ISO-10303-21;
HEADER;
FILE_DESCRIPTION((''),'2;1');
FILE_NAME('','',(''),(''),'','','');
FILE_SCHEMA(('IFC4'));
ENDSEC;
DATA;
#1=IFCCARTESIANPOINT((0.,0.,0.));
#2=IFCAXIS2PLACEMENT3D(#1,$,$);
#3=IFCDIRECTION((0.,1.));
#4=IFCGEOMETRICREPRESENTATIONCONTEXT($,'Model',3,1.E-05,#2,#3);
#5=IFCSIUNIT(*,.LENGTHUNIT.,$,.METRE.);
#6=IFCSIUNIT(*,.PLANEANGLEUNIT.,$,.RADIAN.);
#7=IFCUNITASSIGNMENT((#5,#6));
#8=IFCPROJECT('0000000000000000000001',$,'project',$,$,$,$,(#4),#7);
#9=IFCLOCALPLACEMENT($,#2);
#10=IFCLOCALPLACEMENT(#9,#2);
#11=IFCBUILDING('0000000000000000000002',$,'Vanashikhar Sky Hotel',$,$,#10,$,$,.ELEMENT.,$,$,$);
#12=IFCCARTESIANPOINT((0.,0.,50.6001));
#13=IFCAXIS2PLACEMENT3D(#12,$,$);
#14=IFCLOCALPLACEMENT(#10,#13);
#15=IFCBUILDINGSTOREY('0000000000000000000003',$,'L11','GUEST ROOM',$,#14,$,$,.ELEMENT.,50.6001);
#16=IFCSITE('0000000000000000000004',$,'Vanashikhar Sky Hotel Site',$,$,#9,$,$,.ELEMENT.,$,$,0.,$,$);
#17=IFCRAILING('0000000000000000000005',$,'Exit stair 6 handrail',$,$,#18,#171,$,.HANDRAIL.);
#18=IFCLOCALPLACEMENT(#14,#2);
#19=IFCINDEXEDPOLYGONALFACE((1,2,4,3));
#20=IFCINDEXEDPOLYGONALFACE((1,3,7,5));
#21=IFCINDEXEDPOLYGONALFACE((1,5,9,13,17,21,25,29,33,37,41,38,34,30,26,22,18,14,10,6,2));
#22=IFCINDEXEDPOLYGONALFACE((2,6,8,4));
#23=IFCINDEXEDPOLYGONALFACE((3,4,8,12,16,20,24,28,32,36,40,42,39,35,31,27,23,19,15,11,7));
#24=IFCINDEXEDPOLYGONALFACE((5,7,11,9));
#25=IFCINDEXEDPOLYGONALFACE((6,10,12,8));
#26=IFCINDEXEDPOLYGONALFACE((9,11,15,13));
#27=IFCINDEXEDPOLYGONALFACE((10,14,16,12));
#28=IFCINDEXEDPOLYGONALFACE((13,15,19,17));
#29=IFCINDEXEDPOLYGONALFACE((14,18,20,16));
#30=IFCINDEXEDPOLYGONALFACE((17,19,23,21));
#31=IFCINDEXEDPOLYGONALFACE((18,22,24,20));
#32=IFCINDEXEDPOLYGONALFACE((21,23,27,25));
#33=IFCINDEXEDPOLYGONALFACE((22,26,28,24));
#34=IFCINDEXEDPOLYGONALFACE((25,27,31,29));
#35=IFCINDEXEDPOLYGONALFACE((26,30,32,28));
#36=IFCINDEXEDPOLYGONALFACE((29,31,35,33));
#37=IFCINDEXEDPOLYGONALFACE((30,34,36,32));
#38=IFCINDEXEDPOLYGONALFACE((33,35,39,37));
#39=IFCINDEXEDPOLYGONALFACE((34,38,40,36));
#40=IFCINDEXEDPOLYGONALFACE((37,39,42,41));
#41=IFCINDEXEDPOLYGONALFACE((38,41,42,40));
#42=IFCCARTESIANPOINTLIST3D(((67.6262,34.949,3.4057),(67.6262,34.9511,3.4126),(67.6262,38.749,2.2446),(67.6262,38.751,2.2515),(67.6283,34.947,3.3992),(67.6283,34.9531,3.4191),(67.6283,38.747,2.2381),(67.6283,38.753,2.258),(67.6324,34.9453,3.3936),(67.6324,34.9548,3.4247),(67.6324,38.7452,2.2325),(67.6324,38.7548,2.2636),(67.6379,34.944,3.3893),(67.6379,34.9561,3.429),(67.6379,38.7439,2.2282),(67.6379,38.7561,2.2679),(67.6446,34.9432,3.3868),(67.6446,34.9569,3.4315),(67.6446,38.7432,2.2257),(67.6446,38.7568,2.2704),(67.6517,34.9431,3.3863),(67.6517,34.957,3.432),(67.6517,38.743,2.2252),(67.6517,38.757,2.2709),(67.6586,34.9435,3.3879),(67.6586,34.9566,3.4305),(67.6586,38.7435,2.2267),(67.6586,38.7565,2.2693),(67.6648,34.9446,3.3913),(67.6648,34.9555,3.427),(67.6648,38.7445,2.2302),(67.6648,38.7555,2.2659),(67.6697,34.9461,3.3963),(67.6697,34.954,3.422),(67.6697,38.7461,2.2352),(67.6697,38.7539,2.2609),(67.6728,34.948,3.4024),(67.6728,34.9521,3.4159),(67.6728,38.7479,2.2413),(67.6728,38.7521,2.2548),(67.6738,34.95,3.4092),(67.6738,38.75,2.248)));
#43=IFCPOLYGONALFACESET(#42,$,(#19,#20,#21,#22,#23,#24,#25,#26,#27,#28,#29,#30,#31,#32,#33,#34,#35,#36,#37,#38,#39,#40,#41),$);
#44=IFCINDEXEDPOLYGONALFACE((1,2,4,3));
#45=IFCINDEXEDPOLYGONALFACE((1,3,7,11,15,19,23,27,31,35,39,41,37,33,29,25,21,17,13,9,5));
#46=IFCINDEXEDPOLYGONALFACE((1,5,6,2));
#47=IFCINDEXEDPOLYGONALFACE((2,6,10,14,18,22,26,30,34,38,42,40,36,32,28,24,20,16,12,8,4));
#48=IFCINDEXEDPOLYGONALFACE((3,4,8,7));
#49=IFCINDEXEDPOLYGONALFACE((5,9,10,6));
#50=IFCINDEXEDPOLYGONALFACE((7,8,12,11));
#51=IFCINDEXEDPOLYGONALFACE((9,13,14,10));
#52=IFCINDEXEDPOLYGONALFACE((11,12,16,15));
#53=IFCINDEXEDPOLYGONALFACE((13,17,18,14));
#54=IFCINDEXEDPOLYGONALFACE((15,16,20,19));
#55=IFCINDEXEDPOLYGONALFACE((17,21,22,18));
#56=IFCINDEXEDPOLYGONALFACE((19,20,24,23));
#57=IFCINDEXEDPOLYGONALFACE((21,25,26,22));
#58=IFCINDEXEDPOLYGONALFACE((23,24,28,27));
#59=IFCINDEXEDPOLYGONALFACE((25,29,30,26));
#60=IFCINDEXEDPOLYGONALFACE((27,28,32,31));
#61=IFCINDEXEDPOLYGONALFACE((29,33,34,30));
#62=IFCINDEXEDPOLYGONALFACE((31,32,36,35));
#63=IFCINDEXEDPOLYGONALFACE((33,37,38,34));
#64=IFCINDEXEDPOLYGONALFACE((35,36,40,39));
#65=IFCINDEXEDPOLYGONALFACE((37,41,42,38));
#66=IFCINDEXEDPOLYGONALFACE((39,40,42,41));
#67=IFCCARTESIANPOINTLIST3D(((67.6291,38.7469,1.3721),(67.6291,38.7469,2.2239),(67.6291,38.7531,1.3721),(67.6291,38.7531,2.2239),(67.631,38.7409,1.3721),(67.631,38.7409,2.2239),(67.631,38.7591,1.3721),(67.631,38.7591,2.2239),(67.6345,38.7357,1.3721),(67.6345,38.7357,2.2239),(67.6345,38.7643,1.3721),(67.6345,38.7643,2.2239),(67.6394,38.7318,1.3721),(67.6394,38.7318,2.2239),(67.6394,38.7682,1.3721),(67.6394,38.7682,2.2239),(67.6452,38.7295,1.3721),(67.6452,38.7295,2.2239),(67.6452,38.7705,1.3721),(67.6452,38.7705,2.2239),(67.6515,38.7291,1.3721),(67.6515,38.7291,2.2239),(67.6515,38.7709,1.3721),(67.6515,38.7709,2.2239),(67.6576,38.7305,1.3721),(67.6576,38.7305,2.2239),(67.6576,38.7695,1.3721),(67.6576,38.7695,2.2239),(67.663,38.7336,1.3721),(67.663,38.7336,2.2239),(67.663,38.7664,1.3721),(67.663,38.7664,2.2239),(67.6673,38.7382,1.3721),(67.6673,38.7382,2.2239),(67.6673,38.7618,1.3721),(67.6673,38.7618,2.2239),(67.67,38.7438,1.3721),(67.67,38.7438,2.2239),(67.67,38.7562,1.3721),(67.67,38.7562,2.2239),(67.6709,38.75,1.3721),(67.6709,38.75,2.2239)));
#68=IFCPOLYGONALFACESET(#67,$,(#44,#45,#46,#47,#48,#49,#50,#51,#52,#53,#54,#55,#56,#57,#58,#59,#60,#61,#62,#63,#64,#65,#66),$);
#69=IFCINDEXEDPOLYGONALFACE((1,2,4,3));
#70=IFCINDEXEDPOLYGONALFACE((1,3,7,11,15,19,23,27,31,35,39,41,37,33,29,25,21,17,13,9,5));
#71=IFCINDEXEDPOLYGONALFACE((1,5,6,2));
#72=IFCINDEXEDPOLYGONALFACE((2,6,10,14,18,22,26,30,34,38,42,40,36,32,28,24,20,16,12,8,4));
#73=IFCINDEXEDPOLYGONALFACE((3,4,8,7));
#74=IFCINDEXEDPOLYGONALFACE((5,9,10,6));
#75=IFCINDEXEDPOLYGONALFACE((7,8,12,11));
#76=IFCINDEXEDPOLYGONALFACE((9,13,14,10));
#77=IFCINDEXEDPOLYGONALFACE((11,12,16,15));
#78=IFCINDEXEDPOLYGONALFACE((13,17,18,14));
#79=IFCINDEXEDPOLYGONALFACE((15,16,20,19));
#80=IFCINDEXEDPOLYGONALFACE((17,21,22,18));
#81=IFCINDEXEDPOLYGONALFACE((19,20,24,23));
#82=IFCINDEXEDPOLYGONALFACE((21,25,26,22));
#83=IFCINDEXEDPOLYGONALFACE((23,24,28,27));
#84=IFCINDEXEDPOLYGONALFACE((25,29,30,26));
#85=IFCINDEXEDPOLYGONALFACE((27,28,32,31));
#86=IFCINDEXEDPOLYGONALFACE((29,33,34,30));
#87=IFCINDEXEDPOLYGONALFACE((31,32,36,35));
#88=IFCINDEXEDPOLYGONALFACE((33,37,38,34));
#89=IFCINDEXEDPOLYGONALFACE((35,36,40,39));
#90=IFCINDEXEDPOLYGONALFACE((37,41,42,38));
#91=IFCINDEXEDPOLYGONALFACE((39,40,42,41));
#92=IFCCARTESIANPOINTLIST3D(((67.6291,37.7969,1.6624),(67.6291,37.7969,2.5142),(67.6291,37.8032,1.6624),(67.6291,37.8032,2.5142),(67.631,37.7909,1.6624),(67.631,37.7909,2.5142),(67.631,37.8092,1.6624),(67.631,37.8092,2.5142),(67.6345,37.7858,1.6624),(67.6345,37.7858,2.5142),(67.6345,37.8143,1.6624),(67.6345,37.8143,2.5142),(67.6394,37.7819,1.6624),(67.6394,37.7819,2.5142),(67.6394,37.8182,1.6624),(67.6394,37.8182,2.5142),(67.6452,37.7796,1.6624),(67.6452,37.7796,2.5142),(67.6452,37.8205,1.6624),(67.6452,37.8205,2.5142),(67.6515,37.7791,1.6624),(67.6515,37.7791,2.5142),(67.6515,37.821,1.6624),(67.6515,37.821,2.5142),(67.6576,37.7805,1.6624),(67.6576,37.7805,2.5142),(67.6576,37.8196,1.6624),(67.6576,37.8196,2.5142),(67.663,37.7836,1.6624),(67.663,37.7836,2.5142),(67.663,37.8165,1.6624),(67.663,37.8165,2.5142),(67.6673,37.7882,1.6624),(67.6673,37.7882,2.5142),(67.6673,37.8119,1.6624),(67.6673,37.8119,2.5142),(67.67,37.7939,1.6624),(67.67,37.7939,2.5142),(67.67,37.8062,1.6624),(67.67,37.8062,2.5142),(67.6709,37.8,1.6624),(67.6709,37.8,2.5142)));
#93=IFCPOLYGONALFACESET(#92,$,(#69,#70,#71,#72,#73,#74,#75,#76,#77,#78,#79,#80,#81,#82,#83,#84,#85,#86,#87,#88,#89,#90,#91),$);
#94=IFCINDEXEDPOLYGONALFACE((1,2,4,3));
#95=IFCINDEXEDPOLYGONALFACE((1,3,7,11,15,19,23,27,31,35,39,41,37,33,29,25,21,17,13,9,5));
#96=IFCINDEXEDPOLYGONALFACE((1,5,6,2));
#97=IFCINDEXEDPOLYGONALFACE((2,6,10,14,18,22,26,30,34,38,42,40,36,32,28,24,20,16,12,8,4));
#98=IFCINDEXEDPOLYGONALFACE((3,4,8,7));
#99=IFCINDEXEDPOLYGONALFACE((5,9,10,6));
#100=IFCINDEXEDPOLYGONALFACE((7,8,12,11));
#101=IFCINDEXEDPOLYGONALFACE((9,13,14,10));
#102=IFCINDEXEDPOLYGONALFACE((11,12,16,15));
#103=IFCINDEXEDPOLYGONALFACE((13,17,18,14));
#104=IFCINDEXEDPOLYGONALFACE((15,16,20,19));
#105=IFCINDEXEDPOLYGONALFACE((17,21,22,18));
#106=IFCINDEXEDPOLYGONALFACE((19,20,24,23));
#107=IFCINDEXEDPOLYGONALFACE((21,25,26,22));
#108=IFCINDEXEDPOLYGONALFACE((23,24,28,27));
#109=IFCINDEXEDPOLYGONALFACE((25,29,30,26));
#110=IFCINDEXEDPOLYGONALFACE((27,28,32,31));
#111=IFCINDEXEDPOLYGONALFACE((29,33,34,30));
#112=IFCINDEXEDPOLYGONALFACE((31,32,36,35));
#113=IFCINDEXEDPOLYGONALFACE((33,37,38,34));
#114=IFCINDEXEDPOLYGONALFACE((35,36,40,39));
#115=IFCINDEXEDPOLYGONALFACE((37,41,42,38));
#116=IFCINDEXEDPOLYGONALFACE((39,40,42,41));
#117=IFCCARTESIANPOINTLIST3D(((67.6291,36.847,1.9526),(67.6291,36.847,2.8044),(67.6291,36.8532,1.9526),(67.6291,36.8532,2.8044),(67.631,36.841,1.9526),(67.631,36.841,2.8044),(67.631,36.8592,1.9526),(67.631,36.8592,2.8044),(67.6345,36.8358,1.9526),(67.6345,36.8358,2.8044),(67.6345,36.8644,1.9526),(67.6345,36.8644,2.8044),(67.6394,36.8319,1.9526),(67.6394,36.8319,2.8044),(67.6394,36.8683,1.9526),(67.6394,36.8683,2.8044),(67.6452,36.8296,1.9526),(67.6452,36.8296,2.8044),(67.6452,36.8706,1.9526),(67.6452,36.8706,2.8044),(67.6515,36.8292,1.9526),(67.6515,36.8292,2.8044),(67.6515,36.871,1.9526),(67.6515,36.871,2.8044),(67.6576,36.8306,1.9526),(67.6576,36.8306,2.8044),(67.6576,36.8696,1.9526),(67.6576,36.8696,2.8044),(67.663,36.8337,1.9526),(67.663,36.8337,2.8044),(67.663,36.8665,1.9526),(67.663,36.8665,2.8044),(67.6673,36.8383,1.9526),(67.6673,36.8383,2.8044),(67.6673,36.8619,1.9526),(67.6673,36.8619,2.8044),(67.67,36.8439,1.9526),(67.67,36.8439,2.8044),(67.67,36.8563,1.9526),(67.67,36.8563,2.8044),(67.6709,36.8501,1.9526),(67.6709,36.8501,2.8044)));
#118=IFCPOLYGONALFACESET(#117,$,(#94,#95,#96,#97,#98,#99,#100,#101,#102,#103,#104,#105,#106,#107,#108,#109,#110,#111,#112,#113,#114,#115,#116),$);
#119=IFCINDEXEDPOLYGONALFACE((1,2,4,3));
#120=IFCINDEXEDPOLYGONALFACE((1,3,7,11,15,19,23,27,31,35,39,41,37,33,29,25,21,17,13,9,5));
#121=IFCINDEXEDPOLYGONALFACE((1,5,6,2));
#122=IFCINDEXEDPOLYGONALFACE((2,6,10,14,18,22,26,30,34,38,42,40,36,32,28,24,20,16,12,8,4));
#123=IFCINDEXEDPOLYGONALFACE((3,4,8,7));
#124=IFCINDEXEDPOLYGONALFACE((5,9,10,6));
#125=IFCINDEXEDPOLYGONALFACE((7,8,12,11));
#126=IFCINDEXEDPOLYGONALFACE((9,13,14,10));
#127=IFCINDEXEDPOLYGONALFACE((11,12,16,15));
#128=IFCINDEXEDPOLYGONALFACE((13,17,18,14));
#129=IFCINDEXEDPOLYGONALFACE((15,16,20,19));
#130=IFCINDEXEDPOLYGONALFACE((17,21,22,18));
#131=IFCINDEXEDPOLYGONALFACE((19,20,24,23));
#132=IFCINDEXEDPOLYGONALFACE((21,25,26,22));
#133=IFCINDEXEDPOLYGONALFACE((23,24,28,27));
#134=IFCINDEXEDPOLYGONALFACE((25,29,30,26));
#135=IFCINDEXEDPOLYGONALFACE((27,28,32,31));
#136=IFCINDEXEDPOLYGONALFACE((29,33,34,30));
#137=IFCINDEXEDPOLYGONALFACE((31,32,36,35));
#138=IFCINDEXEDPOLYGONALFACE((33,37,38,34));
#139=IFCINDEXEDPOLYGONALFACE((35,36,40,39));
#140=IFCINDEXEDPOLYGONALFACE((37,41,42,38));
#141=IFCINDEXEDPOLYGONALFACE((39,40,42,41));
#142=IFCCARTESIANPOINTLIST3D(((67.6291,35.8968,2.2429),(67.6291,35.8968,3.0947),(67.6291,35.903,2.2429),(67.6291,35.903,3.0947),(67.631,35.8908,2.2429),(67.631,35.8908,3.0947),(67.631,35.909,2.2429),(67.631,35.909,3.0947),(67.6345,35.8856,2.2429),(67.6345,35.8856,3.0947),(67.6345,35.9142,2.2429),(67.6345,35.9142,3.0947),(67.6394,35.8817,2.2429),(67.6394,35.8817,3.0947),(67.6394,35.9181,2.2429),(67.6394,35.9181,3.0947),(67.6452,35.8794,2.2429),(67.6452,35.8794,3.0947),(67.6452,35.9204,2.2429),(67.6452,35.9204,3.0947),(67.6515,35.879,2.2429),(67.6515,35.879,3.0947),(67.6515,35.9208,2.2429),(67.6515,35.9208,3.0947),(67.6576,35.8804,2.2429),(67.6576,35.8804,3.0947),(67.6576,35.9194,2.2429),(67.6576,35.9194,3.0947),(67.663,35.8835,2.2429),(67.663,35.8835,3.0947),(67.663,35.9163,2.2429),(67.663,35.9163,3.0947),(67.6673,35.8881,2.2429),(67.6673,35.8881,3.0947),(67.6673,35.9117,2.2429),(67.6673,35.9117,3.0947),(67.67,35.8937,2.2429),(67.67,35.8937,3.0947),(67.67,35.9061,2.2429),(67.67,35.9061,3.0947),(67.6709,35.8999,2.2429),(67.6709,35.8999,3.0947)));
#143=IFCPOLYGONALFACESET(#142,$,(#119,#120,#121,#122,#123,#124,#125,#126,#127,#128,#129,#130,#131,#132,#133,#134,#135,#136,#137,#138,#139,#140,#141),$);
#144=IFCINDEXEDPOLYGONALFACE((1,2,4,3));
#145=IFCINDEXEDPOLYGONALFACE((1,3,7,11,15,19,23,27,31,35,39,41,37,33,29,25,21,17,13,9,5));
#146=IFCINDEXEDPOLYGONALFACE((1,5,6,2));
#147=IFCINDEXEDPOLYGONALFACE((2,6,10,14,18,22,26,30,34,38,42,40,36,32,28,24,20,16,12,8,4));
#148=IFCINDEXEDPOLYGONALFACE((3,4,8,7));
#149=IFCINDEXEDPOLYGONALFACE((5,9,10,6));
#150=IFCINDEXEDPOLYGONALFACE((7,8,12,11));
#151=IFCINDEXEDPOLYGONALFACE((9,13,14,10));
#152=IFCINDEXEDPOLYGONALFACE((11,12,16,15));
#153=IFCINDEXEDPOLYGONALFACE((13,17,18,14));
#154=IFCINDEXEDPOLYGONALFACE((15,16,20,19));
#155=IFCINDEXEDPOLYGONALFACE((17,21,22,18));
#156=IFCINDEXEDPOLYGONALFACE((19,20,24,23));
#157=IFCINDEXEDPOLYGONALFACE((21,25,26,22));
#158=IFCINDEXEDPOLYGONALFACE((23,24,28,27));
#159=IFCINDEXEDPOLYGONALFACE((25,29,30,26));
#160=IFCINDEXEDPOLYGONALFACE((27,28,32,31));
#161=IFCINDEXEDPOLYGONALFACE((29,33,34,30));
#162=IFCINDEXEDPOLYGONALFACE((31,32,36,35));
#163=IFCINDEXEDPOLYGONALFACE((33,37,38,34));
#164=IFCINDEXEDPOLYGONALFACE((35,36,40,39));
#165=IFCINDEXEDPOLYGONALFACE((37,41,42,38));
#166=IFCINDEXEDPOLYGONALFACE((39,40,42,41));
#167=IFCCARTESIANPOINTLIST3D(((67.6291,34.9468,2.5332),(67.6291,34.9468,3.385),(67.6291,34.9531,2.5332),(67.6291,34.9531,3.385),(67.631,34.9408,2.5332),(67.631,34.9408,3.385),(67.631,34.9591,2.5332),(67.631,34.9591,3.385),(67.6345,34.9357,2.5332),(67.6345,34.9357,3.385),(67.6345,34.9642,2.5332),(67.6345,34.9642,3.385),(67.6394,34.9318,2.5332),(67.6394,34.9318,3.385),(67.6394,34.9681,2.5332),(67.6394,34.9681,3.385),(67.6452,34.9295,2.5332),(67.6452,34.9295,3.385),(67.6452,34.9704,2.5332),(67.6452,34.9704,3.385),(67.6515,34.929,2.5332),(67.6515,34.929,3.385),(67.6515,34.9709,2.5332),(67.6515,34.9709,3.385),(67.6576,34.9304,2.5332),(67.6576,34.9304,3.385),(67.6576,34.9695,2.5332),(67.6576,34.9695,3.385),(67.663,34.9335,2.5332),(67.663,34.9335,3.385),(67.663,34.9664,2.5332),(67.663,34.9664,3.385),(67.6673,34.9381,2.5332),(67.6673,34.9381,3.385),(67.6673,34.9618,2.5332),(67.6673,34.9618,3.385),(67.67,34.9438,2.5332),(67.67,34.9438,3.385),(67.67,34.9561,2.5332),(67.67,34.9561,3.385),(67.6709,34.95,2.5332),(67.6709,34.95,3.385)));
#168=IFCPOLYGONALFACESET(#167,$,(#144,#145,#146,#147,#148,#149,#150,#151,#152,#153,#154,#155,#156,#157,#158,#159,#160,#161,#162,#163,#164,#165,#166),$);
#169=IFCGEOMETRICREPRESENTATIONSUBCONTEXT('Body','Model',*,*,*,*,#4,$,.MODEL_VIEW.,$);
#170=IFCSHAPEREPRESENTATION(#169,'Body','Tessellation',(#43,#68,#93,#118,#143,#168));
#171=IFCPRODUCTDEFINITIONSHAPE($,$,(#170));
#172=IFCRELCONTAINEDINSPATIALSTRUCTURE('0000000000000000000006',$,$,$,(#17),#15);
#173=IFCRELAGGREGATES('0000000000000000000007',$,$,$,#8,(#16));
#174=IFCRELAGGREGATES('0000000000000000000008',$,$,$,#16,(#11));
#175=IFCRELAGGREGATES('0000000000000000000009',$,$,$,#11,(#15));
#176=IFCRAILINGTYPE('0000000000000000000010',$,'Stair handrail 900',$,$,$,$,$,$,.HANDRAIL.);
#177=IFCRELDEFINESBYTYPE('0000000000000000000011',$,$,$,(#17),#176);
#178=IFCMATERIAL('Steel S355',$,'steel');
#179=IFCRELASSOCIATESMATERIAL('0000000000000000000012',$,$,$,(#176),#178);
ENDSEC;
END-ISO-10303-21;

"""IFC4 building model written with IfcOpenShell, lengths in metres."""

from ifc_helpers import new_model, si_unit, direction, frame, origin, origin_2d, place, context, subcontext, project, spatial, circle, extrude, source, transform, mapped, material, type_object, element, save


model = new_model("IFC4")

# Units and contexts
model_context = context("Model", 3, precision=1e-05, world=origin(), true_north=direction((0.0, 1.0)))
body_context = subcontext(model_context, "Body", "Model", "MODEL_VIEW")
ifc_project = project(units=[si_unit("LENGTHUNIT", "METRE"), si_unit("PLANEANGLEUNIT", "RADIAN")], contexts=[model_context])

# Site, building, storey
site_placement = place(None, origin())
site = spatial("IfcSite", under=ifc_project, at=site_placement, Name="Vanashikhar Sky Hotel Site", CompositionType="ELEMENT", RefElevation=0.0)
building_placement = place(site_placement, origin())
building = spatial("IfcBuilding", under=site, at=building_placement, Name="Vanashikhar Sky Hotel", CompositionType="ELEMENT")
storey_placement = place(building_placement, frame((0.0, 0.0, 50.6001)))
storey = spatial("IfcBuildingStorey", under=building, at=storey_placement, Name="L11", Description="GUEST ROOM", CompositionType="ELEMENT", Elevation=50.6001)

# Railing
ifc_material_1 = material(Name="Steel S355", Category="steel")
railing_type_1 = type_object("IfcRailingType", Name="Stair handrail 900", PredefinedType="HANDRAIL", material=ifc_material_1)
shared_shape_1 = source(origin(), body_context, "Body", "SweptSolid", [
    extrude(circle(Radius=0.0239, at=origin_2d()), frame((0.0, 0.0, 0.876), z_axis=(0.0, -0.956351, 0.29222), x_axis=(1.0, 0.0, 0.0)), (0.0, 0.0, 1.0), 3.9734),
    extrude(circle(Radius=0.021, at=origin_2d()), origin(), (0.0, 0.0, 1.0), 0.8518),
    extrude(circle(Radius=0.021, at=origin_2d()), frame((0.0, -0.95, 0.2903)), (0.0, 0.0, 1.0), 0.8518),
    extrude(circle(Radius=0.021, at=origin_2d()), frame((0.0, -1.8999, 0.5806)), (0.0, 0.0, 1.0), 0.8518),
    extrude(circle(Radius=0.021, at=origin_2d()), frame((0.0, -2.8501, 0.8708)), (0.0, 0.0, 1.0), 0.8518),
    extrude(circle(Radius=0.021, at=origin_2d()), frame((0.0, -3.8, 1.1611)), (0.0, 0.0, 1.0), 0.8518),
])
for number, where, name in (
    (1, (67.6499, 38.75, 1.3721), "Exit stair 6 handrail"),
):
    element("IfcRailing", number, at=place(storey_placement, frame(where)), inside=storey, type_object=railing_type_1, Name=name, PredefinedType="HANDRAIL", context=body_context, shape_type="MappedRepresentation", body=[
        mapped(shared_shape_1, transform((0.0, 0.0, 0.0), scale=1.0)),
    ])

save(model, "model.ifc")
